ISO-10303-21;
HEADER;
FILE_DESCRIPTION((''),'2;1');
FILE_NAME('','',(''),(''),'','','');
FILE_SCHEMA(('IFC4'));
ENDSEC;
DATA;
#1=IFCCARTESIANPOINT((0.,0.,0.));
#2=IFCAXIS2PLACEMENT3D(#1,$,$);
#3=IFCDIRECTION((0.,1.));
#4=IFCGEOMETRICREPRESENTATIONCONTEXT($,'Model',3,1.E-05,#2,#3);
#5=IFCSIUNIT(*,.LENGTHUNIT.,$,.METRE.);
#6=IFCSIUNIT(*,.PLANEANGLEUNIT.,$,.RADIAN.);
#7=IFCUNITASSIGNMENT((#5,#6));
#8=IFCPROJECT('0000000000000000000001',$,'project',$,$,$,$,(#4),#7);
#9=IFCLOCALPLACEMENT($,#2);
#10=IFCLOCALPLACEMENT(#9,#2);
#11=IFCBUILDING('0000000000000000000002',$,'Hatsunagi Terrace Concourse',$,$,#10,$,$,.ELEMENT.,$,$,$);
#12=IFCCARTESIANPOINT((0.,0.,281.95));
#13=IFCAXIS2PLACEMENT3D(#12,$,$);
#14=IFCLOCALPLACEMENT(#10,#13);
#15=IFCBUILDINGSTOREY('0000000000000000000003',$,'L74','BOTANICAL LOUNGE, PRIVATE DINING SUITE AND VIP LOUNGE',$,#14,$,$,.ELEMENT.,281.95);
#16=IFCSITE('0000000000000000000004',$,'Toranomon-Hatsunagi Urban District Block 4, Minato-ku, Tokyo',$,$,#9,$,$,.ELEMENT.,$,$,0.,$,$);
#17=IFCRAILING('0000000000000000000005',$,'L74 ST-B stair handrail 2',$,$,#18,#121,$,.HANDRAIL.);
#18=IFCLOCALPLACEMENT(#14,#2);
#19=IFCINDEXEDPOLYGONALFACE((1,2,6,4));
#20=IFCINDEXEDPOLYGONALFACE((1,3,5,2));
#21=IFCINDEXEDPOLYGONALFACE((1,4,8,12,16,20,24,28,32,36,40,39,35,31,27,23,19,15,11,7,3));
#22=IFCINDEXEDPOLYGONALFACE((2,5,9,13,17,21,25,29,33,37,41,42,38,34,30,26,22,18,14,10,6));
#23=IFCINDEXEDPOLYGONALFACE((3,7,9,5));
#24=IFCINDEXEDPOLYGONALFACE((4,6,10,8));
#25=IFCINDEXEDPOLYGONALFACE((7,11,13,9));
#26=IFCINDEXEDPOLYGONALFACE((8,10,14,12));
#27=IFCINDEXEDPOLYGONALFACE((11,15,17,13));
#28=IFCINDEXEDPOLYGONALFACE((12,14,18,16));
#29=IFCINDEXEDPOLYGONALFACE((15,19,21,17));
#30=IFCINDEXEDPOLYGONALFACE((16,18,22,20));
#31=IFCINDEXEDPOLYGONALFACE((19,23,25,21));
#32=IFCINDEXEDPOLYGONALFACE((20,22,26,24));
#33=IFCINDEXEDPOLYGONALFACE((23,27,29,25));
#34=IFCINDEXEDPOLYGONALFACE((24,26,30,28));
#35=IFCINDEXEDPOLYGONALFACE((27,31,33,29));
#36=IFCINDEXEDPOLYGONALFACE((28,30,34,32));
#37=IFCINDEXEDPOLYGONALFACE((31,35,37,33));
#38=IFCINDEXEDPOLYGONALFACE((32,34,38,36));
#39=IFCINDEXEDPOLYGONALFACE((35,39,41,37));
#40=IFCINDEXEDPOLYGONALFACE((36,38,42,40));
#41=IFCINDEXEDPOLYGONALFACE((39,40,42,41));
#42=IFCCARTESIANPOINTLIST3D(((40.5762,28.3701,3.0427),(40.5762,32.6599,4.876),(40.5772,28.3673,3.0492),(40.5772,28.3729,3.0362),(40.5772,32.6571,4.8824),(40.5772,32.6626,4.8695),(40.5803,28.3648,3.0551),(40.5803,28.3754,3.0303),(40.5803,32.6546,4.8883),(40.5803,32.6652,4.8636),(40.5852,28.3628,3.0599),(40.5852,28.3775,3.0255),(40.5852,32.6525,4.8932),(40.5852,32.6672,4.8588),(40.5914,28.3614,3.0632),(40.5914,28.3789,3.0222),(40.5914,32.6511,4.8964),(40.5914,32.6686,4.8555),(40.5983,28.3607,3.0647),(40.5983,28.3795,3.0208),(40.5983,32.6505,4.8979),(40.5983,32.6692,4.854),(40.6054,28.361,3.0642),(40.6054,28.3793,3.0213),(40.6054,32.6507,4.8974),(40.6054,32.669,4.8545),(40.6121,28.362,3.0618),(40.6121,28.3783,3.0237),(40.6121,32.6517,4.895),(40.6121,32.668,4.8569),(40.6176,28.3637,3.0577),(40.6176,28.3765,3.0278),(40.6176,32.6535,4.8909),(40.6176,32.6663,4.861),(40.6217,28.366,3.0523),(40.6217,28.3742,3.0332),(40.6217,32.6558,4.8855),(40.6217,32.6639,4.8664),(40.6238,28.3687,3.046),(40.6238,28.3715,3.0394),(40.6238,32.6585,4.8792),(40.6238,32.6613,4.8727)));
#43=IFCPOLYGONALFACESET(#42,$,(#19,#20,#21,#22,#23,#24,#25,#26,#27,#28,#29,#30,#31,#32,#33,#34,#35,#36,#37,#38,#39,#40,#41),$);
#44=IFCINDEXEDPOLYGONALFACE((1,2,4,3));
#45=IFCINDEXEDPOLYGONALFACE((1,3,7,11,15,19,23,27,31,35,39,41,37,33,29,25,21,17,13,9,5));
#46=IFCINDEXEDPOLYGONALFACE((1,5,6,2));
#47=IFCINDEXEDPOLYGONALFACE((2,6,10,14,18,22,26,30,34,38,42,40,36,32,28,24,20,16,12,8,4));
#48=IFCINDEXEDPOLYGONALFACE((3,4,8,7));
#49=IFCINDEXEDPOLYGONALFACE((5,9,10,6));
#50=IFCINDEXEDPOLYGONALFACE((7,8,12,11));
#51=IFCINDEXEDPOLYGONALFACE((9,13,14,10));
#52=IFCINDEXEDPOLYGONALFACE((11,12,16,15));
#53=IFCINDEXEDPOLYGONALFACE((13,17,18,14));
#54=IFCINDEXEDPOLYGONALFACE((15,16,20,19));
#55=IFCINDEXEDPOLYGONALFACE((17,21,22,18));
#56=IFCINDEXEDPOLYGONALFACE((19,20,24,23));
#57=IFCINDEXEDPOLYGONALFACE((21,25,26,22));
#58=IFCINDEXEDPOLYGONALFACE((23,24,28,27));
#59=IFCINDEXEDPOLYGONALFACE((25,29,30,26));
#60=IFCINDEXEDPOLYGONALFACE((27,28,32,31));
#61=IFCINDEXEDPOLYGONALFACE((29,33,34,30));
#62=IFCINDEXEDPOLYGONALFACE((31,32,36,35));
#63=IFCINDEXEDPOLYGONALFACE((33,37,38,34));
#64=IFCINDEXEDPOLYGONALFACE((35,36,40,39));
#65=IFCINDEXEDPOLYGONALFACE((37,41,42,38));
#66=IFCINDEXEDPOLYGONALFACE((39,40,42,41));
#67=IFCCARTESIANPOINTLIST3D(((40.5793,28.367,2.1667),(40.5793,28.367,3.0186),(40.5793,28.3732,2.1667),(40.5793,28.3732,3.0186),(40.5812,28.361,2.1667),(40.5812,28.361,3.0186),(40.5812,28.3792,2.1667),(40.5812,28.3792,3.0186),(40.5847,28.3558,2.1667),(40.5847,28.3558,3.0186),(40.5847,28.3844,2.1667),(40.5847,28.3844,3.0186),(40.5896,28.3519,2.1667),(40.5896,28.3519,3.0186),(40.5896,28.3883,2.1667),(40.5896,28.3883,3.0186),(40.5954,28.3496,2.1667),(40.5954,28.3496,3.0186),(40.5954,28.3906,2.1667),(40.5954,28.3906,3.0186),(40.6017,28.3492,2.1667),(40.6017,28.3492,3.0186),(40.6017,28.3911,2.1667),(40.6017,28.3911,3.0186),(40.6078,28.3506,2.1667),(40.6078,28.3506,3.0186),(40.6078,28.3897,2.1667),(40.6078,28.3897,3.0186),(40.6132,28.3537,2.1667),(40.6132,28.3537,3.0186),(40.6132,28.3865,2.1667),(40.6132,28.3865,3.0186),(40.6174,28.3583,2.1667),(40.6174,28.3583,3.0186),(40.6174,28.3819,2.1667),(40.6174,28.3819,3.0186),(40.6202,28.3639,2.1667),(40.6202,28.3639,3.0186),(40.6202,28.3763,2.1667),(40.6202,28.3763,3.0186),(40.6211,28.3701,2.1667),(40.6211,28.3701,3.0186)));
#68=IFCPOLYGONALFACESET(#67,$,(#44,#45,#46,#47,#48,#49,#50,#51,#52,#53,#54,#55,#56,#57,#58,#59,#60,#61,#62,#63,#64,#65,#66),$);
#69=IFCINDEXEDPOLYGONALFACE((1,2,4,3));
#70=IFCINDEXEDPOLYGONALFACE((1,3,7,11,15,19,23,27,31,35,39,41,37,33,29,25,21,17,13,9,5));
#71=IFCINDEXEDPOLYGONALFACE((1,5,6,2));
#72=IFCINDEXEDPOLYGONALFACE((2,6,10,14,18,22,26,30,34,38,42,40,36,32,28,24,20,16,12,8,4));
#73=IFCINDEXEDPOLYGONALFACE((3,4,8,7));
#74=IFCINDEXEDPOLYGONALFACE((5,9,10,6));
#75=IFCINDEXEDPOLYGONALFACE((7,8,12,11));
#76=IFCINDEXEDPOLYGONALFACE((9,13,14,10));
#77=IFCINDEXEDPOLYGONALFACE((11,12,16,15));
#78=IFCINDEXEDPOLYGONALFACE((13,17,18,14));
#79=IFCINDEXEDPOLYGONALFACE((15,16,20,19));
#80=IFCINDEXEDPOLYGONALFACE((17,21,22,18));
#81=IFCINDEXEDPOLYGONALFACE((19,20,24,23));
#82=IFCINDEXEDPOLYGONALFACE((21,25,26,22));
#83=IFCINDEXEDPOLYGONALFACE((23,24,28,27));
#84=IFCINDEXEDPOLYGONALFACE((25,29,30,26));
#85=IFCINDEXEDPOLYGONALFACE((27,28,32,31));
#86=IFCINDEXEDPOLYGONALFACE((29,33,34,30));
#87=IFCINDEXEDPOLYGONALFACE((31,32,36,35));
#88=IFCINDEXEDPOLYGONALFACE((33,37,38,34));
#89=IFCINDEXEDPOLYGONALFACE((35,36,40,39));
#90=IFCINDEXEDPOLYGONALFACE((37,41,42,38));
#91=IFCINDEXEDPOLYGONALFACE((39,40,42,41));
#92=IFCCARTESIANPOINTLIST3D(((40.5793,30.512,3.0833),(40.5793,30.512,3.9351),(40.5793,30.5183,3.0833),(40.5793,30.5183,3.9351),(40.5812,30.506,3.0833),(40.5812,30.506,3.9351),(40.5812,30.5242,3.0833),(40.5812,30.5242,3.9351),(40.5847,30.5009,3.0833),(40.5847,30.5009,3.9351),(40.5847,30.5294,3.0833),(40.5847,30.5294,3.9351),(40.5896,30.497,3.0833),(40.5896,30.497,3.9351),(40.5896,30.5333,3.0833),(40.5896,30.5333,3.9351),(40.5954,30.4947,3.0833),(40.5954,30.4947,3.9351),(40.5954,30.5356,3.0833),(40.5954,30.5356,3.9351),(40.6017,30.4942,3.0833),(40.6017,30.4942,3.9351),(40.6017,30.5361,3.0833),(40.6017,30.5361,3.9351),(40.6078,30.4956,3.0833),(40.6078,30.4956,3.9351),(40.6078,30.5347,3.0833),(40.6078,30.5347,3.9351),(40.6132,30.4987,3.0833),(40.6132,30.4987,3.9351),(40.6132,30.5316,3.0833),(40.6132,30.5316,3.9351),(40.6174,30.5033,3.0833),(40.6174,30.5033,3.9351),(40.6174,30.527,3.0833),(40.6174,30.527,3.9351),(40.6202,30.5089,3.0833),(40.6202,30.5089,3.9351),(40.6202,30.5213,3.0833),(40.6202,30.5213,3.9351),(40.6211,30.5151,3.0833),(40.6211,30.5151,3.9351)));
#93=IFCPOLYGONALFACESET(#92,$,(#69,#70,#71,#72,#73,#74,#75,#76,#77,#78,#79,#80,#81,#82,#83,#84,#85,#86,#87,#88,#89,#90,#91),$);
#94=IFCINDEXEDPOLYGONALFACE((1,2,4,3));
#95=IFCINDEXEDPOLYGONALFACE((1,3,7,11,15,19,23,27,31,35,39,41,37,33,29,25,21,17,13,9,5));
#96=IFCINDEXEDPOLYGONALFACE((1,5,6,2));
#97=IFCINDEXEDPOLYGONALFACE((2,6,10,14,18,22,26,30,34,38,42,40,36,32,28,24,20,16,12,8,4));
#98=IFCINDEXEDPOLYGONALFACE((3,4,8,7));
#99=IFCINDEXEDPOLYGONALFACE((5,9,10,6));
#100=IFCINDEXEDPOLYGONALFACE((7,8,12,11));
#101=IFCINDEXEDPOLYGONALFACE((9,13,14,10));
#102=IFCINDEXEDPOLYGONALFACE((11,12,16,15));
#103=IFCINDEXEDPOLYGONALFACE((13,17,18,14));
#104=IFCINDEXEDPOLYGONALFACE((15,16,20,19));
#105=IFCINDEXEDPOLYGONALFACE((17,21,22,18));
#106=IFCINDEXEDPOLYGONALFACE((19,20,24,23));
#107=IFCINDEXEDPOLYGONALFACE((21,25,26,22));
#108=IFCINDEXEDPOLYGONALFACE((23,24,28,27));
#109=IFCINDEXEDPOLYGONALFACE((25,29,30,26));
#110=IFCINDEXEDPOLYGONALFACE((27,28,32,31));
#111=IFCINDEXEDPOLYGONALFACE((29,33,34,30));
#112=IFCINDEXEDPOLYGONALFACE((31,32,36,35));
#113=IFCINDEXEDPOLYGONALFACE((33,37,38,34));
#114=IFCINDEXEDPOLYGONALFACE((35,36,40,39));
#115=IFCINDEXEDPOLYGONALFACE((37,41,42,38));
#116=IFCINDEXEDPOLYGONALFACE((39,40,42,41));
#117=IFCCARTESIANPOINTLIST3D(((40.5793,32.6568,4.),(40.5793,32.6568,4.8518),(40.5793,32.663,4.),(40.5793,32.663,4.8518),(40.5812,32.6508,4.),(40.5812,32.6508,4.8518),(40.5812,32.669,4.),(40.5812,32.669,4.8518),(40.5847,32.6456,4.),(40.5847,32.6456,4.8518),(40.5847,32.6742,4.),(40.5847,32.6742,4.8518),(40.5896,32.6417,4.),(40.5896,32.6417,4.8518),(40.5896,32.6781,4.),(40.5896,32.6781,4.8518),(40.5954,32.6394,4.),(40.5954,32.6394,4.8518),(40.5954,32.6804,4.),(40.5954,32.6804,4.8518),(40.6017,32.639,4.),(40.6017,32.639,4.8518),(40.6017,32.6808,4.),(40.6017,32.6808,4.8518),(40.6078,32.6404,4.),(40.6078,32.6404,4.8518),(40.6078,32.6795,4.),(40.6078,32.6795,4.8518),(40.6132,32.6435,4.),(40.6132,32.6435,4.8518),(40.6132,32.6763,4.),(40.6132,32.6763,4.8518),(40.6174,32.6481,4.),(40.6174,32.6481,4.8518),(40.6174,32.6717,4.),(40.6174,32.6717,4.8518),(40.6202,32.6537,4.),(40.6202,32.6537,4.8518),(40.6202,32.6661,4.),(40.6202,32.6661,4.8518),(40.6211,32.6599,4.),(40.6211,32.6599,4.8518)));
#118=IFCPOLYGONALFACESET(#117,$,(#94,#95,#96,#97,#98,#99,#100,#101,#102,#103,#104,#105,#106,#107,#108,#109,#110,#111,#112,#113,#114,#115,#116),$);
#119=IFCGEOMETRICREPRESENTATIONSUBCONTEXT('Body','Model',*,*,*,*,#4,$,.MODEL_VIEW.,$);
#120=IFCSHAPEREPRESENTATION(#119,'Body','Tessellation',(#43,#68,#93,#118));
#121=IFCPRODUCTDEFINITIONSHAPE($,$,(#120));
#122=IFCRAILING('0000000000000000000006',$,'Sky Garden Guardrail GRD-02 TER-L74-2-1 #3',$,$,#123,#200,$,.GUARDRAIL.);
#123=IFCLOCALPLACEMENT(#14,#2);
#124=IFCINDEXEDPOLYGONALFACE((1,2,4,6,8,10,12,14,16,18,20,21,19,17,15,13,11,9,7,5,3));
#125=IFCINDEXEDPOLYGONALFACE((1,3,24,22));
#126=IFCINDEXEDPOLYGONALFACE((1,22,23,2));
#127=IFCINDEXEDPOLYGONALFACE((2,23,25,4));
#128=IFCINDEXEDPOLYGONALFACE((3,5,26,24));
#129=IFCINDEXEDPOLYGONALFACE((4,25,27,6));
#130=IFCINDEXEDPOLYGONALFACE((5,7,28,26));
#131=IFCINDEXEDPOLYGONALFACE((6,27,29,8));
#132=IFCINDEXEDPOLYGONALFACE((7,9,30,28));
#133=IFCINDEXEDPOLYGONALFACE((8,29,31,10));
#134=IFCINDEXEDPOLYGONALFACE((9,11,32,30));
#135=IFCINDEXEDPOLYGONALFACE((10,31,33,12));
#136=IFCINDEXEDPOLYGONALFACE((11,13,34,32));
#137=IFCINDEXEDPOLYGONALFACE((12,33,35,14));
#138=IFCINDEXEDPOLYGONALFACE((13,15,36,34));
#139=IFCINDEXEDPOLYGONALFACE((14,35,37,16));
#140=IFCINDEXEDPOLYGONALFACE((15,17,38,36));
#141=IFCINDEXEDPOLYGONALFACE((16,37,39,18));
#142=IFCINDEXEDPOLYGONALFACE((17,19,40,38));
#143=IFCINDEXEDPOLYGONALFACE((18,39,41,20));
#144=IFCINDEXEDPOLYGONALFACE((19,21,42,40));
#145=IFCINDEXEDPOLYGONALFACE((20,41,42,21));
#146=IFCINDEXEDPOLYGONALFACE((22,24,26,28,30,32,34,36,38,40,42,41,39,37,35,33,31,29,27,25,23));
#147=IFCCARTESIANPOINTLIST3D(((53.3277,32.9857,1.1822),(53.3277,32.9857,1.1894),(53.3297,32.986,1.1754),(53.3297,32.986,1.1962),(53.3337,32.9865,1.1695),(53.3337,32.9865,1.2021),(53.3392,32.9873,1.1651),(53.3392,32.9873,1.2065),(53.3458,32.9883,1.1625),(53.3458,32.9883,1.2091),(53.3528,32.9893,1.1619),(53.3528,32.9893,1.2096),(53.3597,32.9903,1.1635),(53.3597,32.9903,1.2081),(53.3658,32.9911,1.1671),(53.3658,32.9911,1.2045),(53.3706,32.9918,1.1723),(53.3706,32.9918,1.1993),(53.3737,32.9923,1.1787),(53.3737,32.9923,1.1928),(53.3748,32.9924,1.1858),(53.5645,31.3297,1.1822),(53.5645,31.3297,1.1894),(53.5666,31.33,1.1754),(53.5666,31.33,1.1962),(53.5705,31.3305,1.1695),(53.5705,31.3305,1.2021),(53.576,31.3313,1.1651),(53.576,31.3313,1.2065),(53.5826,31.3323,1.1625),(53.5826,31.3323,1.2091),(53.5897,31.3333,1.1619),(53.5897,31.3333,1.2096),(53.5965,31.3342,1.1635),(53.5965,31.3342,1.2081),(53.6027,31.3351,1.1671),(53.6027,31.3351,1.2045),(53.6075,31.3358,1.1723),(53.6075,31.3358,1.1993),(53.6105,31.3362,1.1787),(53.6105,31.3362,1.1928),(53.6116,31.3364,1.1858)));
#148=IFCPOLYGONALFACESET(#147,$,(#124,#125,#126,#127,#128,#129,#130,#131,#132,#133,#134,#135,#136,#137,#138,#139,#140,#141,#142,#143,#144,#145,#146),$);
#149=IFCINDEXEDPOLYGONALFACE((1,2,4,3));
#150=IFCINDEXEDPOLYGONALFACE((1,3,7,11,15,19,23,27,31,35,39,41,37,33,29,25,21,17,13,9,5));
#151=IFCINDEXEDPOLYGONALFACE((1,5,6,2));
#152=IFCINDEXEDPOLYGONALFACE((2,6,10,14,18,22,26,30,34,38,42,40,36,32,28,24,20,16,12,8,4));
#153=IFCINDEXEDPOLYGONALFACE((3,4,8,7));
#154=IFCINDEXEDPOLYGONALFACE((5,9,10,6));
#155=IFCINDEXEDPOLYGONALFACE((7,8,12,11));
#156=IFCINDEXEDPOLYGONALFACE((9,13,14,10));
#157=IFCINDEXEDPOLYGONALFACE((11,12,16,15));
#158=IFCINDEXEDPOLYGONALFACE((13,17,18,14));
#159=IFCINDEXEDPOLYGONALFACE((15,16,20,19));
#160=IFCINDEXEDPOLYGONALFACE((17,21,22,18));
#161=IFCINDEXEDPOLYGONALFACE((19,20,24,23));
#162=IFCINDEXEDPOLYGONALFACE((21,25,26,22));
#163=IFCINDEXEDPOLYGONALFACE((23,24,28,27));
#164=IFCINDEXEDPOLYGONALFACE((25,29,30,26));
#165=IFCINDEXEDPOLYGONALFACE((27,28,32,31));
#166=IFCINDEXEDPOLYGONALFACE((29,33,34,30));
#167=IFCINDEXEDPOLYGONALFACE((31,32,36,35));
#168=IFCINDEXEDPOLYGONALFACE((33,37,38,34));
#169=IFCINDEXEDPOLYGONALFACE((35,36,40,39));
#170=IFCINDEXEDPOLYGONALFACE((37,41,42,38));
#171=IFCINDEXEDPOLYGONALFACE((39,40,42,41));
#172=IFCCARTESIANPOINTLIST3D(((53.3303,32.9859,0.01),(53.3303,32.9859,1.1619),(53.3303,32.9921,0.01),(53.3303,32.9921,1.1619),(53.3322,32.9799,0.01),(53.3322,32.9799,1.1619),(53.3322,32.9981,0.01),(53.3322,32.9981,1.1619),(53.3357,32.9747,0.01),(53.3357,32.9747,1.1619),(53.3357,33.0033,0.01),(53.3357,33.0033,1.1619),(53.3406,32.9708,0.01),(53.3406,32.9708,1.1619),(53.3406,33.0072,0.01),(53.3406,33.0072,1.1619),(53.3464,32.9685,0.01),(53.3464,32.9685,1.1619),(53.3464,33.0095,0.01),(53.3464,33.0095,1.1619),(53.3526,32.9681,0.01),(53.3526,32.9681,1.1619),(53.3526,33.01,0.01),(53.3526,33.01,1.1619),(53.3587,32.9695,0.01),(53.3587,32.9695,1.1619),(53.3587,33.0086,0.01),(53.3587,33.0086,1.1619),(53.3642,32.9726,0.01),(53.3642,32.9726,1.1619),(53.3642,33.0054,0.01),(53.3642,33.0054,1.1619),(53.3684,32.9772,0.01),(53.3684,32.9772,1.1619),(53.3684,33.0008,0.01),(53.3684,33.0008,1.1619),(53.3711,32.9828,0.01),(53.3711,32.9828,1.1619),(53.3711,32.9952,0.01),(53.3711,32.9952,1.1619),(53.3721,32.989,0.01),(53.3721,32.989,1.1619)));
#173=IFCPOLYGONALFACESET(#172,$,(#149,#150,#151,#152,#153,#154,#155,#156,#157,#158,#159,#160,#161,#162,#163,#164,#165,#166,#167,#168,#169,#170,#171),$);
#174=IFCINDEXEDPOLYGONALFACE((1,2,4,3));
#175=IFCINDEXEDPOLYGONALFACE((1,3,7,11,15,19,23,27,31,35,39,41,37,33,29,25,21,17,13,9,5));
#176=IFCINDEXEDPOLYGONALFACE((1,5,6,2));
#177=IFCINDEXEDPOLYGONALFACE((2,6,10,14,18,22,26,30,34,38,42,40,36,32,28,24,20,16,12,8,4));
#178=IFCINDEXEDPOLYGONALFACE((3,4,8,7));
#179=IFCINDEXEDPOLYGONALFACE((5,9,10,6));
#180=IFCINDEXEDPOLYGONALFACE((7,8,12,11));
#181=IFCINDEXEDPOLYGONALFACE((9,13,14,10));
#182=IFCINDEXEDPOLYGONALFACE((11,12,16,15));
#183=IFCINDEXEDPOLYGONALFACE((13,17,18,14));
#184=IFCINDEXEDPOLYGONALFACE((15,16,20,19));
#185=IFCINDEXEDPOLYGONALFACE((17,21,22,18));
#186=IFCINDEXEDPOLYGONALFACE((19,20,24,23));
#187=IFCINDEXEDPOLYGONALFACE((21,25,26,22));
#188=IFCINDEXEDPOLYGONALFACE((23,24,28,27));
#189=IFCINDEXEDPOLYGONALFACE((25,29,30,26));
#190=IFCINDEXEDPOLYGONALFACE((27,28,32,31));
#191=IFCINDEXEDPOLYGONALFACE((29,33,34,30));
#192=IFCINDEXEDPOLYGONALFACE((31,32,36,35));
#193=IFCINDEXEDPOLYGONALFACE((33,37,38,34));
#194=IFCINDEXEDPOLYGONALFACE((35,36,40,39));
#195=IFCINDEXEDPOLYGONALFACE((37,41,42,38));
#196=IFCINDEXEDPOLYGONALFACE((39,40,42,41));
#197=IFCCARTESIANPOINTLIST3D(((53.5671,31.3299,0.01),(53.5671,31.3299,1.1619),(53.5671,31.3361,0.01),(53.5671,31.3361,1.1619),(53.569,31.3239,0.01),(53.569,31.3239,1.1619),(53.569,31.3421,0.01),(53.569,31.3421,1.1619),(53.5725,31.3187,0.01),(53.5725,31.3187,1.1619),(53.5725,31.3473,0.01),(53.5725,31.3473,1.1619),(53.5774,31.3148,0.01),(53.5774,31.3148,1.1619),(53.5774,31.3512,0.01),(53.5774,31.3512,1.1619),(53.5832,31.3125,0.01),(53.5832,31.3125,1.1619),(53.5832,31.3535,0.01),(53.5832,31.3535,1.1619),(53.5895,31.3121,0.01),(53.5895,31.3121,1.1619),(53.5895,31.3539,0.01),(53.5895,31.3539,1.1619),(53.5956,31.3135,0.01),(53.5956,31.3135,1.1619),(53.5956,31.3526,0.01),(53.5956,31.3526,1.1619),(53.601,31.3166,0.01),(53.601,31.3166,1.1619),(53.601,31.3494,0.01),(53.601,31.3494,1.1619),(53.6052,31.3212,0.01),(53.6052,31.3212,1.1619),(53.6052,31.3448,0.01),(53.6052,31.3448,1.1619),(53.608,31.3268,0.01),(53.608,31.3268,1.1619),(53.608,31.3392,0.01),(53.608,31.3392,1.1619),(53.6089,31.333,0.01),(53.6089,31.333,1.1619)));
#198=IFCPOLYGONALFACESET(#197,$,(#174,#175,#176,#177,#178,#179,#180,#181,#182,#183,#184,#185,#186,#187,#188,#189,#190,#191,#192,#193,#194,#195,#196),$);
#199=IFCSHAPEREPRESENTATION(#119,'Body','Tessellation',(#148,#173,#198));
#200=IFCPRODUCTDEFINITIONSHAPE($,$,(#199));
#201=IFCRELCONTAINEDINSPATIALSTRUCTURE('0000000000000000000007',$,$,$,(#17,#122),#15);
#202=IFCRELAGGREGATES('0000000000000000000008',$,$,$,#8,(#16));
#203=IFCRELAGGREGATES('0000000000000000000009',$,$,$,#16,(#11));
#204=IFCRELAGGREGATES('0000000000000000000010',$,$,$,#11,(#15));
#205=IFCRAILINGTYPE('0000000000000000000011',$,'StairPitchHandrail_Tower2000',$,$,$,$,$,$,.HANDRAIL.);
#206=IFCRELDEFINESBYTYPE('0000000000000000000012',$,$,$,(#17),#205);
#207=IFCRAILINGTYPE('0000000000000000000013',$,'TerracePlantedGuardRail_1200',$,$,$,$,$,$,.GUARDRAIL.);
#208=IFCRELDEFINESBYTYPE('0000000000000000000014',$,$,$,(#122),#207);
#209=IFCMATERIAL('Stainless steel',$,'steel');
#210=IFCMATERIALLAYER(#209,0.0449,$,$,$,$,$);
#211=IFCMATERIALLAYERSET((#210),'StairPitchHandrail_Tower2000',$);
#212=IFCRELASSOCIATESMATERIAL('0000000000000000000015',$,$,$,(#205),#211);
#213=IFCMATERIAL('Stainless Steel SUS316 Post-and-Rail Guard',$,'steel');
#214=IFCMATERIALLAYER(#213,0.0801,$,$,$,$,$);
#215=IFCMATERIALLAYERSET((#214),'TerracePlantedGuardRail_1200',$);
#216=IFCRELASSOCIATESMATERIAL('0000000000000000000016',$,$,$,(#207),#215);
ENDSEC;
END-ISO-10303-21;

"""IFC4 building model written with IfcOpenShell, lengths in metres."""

from ifc_helpers import new_model, si_unit, direction, frame, origin, origin_2d, place, context, subcontext, project, spatial, circle, extrude, material, layer, layer_set, type_object, element, save


model = new_model("IFC4")

# Units and contexts
model_context = context("Model", 3, precision=1e-05, world=origin(), true_north=direction((0.0, 1.0)))
body_context = subcontext(model_context, "Body", "Model", "MODEL_VIEW")
ifc_project = project(units=[si_unit("LENGTHUNIT", "METRE"), si_unit("PLANEANGLEUNIT", "RADIAN")], contexts=[model_context])

# Site, building, storey
site_placement = place(None, origin())
site = spatial("IfcSite", under=ifc_project, at=site_placement, Name="Toranomon-Hatsunagi Urban District Block 4, Minato-ku, Tokyo", CompositionType="ELEMENT", RefElevation=0.0)
building_placement = place(site_placement, origin())
building = spatial("IfcBuilding", under=site, at=building_placement, Name="Hatsunagi Terrace Concourse", CompositionType="ELEMENT")
storey_placement = place(building_placement, frame((0.0, 0.0, 281.95)))
storey = spatial("IfcBuildingStorey", under=building, at=storey_placement, Name="L74", Description="BOTANICAL LOUNGE, PRIVATE DINING SUITE AND VIP LOUNGE", CompositionType="ELEMENT", Elevation=281.95)

# Railings
ifc_material_1 = material(Name="Stainless steel", Category="steel")
ifc_layer_1 = layer(ifc_material_1, 0.0449)
ifc_layer_set_1 = layer_set([ifc_layer_1], Name="StairPitchHandrail_Tower2000")
railing_type_1 = type_object("IfcRailingType", Name="StairPitchHandrail_Tower2000", PredefinedType="HANDRAIL", material=ifc_layer_set_1)
railing_1_placement = place(storey_placement, frame((40.6001, 28.3701, 2.1667)))
element("IfcRailing", 1, at=railing_1_placement, inside=storey, type_object=railing_type_1, Name="L74 ST-B stair handrail 2", PredefinedType="HANDRAIL", context=body_context, shape_type="SweptSolid", body=[
    extrude(circle(Radius=0.0239, at=origin_2d()), frame((0.0, 0.0, 0.876), z_axis=(0.0, 0.919551, 0.392972), x_axis=(-1.0, 0.0, 0.0)), (0.0, 0.0, 1.0), 4.665),
    extrude(circle(Radius=0.021, at=origin_2d()), origin(), (0.0, 0.0, 1.0), 0.8518),
    extrude(circle(Radius=0.021, at=origin_2d()), frame((0.0, 2.145, 0.9165)), (0.0, 0.0, 1.0), 0.8518),
    extrude(circle(Radius=0.021, at=origin_2d()), frame((0.0, 4.2898, 1.8333)), (0.0, 0.0, 1.0), 0.8518),
])
ifc_material_2 = material(Name="Stainless Steel SUS316 Post-and-Rail Guard", Category="steel")
ifc_layer_2 = layer(ifc_material_2, 0.0801)
ifc_layer_set_2 = layer_set([ifc_layer_2], Name="TerracePlantedGuardRail_1200")
railing_type_2 = type_object("IfcRailingType", Name="TerracePlantedGuardRail_1200", PredefinedType="GUARDRAIL", material=ifc_layer_set_2)
railing_2_placement = place(storey_placement, frame((53.3511, 32.989, 0.01)))
element("IfcRailing", 2, at=railing_2_placement, inside=storey, type_object=railing_type_2, Name="Sky Garden Guardrail GRD-02 TER-L74-2-1 #3", PredefinedType="GUARDRAIL", context=body_context, shape_type="SweptSolid", body=[
    extrude(circle(Radius=0.0239, at=origin_2d()), frame((0.0, 0.0, 1.1758), z_axis=(0.141564, -0.989929, 0.0), x_axis=(0.989929, 0.141564, 0.0)), (0.0, 0.0, 1.0), 1.6729),
    extrude(circle(Radius=0.021, at=origin_2d()), origin(), (0.0, 0.0, 1.0), 1.1519),
    extrude(circle(Radius=0.021, at=origin_2d()), frame((0.2368, -1.656, 0.0)), (0.0, 0.0, 1.0), 1.1519),
])

save(model, "model.ifc")
